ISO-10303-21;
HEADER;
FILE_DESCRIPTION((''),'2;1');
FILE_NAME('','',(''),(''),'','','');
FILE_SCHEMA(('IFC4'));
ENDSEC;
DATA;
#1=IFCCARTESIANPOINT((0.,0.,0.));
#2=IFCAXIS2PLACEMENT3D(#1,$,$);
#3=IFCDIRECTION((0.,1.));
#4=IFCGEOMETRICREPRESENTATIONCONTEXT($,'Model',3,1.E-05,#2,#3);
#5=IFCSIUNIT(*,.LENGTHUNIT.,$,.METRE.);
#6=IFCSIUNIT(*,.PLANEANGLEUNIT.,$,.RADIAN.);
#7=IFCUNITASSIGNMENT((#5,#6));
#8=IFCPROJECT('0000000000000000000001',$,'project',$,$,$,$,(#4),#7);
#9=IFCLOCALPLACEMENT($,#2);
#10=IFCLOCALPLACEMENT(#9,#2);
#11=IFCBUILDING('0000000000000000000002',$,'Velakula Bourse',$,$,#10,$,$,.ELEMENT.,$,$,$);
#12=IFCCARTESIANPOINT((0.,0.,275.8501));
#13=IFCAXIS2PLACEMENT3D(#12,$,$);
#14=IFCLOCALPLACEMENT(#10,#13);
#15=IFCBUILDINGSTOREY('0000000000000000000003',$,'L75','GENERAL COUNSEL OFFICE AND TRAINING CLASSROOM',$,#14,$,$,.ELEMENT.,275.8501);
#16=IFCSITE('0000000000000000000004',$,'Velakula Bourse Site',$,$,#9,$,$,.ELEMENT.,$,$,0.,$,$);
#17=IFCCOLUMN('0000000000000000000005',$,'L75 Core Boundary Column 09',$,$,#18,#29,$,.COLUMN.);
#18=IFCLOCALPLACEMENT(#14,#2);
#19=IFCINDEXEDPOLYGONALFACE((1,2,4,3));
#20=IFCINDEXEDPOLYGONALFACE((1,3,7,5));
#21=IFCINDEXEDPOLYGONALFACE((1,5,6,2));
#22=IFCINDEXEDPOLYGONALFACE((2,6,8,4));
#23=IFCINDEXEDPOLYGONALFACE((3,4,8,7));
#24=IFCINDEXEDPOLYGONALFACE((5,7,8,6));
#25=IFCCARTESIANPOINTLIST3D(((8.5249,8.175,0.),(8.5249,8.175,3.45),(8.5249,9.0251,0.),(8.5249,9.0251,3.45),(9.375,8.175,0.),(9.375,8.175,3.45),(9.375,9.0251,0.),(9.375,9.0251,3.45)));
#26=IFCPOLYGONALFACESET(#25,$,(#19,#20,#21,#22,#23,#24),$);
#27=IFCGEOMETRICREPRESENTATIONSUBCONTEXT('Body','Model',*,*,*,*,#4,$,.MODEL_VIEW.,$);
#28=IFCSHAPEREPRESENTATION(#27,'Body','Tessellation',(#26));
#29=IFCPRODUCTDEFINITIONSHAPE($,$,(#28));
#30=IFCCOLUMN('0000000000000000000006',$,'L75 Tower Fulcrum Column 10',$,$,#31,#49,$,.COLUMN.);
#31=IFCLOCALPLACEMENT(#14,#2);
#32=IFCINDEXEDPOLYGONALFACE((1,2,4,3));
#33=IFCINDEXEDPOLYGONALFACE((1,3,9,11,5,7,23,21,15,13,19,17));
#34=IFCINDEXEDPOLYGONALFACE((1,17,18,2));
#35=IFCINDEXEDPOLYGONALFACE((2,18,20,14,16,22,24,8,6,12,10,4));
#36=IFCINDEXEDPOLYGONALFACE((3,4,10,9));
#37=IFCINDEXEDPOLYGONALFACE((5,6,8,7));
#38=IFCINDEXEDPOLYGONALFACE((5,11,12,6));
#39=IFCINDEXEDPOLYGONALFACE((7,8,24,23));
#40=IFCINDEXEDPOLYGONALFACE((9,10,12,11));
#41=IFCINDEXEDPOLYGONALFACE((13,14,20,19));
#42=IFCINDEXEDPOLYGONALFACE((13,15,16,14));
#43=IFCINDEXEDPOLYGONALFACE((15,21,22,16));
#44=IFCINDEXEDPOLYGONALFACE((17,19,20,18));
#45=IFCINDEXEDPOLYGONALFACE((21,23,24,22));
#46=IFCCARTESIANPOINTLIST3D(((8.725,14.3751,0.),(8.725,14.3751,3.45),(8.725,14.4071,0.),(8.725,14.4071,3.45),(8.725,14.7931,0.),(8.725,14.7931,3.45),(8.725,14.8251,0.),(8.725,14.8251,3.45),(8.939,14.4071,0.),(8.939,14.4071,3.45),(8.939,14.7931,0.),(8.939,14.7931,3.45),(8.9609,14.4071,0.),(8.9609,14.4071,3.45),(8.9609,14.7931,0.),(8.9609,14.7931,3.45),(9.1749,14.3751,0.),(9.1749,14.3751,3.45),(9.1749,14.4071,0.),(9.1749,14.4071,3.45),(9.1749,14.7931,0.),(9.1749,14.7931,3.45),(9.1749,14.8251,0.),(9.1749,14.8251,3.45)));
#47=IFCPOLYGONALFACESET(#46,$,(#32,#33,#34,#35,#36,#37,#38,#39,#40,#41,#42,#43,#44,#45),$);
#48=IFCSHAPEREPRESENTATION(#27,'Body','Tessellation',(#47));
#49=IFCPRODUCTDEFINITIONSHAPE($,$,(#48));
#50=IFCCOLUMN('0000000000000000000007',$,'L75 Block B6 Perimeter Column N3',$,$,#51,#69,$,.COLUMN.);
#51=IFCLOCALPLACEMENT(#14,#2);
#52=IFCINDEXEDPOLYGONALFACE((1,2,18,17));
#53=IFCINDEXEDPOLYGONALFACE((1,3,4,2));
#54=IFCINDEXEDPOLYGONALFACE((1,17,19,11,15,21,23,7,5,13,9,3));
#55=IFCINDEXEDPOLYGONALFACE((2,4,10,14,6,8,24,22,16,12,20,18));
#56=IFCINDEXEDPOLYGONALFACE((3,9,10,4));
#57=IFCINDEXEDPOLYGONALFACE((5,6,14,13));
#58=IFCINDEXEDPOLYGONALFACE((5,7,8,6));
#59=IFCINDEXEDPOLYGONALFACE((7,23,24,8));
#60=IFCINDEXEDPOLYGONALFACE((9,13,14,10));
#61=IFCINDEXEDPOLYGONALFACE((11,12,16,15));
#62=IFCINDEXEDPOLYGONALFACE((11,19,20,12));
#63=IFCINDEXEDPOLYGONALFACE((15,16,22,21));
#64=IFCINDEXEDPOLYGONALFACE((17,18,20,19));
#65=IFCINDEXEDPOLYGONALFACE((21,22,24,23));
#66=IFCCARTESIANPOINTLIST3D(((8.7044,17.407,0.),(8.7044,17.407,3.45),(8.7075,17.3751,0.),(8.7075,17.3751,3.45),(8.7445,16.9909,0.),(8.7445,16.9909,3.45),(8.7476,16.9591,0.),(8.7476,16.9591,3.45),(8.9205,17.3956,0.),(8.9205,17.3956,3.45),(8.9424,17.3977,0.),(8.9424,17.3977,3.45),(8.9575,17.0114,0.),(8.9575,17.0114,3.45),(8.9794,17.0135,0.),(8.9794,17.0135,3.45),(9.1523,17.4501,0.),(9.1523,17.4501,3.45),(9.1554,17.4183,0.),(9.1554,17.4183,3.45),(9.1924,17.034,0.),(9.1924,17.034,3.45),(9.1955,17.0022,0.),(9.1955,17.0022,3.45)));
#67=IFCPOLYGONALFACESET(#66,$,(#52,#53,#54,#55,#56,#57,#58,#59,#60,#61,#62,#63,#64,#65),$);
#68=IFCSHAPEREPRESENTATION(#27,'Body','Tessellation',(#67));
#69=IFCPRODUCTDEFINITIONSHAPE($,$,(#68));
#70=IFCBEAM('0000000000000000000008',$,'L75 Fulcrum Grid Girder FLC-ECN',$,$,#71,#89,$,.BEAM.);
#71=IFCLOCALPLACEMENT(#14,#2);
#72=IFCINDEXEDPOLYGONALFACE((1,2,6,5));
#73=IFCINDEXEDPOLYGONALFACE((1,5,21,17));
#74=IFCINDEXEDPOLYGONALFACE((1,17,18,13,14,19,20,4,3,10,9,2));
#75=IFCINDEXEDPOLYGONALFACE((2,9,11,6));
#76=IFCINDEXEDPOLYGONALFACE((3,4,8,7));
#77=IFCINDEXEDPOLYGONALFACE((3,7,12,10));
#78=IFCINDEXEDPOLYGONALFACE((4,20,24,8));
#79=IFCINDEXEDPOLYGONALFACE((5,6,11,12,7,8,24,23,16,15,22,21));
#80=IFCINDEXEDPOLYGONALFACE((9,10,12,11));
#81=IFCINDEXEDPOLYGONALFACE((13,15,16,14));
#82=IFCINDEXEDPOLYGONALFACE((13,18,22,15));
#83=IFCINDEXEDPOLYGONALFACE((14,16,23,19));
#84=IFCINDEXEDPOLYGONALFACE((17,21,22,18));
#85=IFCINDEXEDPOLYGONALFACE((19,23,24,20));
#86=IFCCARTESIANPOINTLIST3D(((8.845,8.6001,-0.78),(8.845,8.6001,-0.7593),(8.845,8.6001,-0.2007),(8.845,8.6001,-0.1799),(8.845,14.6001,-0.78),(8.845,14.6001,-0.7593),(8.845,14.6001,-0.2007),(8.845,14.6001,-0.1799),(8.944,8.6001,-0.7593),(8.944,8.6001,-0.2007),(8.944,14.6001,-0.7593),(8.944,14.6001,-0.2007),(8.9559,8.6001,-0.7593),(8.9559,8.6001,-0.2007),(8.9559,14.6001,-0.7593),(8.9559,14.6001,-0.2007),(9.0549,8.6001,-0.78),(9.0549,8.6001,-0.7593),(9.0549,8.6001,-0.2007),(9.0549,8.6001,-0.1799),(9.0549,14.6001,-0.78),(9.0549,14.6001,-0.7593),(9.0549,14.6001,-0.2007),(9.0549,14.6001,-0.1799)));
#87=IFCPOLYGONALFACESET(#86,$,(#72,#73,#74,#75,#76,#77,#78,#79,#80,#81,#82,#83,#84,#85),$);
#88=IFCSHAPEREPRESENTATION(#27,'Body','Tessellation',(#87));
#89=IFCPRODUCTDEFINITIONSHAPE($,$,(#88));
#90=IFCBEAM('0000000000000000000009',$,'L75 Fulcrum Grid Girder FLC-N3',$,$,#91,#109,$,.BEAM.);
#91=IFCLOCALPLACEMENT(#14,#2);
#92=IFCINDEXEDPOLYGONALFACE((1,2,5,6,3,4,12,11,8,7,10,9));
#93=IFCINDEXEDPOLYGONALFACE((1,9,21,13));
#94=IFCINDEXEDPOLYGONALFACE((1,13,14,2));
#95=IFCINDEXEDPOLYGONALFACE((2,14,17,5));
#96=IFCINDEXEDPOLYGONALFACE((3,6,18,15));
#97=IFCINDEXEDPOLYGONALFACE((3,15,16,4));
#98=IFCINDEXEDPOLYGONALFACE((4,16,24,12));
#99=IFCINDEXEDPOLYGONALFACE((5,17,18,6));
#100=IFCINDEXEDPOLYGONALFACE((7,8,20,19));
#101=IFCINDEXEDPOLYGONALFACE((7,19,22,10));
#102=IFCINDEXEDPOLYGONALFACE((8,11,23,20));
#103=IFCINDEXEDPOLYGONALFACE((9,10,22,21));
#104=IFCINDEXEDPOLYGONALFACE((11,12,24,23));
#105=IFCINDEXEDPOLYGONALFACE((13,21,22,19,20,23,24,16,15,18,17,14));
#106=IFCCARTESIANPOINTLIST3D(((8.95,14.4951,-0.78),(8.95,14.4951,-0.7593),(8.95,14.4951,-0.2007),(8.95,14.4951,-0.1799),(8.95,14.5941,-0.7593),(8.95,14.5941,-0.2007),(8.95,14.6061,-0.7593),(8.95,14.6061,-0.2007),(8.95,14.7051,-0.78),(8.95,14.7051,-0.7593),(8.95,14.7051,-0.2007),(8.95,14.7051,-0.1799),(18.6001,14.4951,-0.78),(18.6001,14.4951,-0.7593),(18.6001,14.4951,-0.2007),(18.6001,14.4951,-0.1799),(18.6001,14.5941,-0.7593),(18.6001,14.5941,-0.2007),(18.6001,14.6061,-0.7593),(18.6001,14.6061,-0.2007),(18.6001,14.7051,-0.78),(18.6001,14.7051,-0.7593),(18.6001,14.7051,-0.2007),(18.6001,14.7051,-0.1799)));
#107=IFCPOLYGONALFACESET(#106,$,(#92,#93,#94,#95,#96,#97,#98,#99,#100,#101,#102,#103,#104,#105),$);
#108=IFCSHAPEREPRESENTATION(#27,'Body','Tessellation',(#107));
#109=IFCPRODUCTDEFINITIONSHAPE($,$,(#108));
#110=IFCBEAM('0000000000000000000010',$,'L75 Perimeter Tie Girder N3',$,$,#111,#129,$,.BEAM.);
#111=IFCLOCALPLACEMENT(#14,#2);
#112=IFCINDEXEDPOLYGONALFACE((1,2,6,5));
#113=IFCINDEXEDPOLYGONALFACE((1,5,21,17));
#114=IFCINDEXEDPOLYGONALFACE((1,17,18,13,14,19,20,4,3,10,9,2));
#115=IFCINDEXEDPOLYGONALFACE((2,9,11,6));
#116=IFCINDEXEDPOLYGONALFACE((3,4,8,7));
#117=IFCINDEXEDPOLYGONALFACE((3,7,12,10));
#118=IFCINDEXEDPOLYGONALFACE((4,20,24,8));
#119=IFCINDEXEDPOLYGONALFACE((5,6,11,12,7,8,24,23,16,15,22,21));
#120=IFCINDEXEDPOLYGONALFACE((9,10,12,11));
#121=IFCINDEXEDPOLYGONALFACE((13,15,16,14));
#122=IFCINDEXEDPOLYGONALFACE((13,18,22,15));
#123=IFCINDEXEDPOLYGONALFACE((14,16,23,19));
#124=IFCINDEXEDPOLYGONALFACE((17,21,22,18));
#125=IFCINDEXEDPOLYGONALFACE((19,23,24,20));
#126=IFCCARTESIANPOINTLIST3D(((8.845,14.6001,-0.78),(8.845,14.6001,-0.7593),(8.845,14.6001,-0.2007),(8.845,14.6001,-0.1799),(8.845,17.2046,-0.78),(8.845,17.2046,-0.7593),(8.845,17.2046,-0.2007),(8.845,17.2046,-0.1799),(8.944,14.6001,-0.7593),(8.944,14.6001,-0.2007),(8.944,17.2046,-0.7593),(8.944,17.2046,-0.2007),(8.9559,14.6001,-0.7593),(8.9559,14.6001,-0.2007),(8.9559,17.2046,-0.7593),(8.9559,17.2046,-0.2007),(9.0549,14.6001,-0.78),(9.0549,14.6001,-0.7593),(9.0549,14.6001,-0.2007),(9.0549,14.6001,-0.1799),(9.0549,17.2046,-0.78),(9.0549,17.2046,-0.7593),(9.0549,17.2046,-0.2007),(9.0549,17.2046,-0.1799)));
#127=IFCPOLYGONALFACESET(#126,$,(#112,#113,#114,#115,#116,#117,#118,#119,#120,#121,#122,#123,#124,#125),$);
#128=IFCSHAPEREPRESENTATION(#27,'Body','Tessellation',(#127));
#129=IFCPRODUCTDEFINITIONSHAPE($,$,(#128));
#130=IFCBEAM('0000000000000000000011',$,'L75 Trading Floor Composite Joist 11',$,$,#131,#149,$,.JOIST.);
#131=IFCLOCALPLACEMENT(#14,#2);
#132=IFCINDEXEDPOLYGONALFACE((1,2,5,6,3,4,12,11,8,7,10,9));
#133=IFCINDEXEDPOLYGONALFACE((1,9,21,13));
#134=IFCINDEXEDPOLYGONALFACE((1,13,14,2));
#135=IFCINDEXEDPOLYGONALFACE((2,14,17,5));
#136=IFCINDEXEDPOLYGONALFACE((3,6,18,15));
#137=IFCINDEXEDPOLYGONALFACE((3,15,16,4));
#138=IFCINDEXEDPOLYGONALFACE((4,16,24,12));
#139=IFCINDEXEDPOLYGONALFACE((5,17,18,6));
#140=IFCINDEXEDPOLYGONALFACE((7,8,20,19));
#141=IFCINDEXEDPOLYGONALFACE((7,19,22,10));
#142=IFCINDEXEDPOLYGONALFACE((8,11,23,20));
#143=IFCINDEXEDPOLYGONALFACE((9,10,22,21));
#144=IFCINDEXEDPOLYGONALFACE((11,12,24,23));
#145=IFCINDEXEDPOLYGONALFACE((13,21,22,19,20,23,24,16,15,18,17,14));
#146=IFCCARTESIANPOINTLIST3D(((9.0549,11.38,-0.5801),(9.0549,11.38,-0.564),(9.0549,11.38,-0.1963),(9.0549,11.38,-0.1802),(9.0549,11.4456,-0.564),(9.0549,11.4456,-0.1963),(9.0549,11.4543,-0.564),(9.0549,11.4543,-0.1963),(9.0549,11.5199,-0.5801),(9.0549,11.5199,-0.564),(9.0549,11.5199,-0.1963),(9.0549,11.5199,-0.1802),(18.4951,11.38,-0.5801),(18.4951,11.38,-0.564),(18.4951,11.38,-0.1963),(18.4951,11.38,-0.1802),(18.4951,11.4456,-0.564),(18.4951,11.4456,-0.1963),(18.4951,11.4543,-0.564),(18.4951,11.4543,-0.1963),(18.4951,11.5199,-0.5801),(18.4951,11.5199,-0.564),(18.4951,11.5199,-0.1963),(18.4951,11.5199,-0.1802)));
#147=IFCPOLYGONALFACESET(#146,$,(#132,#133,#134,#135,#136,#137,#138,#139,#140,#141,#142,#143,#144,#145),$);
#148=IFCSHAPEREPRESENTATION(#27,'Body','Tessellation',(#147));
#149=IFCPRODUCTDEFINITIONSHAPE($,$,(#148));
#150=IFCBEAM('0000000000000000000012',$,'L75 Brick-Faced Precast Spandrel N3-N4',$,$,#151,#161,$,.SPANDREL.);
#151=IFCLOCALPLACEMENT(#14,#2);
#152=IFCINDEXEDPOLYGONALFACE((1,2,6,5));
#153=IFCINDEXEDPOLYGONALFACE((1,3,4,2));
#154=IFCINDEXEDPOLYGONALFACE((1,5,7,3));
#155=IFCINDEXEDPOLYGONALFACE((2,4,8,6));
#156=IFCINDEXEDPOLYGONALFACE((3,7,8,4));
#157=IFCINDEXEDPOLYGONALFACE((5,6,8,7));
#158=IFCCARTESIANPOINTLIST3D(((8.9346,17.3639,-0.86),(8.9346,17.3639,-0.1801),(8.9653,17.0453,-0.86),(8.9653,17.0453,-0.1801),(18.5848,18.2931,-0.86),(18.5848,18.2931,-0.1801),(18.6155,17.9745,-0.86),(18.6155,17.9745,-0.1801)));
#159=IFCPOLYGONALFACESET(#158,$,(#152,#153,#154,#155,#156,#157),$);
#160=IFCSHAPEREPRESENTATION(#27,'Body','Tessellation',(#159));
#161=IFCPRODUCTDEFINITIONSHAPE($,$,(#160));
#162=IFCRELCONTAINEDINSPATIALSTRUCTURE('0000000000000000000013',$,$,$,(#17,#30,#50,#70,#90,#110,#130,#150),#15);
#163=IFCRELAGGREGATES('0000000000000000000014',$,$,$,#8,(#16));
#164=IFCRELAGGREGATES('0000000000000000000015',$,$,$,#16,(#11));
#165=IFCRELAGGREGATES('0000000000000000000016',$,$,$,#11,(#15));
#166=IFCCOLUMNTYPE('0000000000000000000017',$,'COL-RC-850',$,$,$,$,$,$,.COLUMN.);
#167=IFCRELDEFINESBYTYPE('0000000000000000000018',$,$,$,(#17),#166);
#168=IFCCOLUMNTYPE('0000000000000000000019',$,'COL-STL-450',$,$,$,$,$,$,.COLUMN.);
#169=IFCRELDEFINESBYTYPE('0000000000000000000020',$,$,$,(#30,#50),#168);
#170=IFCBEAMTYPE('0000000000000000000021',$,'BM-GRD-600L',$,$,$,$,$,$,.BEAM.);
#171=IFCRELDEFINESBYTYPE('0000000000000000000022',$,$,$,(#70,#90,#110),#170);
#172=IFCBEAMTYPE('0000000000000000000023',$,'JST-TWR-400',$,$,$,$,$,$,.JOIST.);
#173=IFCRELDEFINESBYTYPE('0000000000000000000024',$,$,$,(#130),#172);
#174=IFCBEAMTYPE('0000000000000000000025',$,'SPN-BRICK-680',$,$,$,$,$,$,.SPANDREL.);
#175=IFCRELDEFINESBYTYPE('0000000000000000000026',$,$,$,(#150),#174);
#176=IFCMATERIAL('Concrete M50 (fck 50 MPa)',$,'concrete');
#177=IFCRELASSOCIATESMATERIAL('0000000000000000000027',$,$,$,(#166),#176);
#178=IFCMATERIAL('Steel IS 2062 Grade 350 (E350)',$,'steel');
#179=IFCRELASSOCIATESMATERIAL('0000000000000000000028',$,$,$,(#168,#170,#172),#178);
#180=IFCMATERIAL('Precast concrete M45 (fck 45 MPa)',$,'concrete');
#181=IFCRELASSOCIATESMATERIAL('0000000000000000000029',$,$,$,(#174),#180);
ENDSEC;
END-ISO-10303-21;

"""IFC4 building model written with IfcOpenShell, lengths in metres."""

from ifc_helpers import new_model, si_unit, direction, frame, origin, origin_2d, place, context, subcontext, project, spatial, rectangle, i_section, extrude, material, material_profile, profile_set, type_object, element, save


model = new_model("IFC4")

# Units and contexts
model_context = context("Model", 3, precision=1e-05, world=origin(), true_north=direction((0.0, 1.0)))
body_context = subcontext(model_context, "Body", "Model", "MODEL_VIEW")
ifc_project = project(units=[si_unit("LENGTHUNIT", "METRE"), si_unit("PLANEANGLEUNIT", "RADIAN")], contexts=[model_context])

# Site, building, storey
site_placement = place(None, origin())
site = spatial("IfcSite", under=ifc_project, at=site_placement, Name="Velakula Bourse Site", CompositionType="ELEMENT", RefElevation=0.0)
building_placement = place(site_placement, origin())
building = spatial("IfcBuilding", under=site, at=building_placement, Name="Velakula Bourse", CompositionType="ELEMENT")
storey_placement = place(building_placement, frame((0.0, 0.0, 275.8501)))
storey = spatial("IfcBuildingStorey", under=building, at=storey_placement, Name="L75", Description="GENERAL COUNSEL OFFICE AND TRAINING CLASSROOM", CompositionType="ELEMENT", Elevation=275.8501)

# Columns
ifc_material_1 = material(Name="Concrete M50 (fck 50 MPa)", Category="concrete")
ifc_material_profile_1 = material_profile(ifc_material_1, rectangle(XDim=0.8501, YDim=0.8501, at=origin_2d()), Name="Concrete M50 (fck 50 MPa)")
ifc_profile_set_1 = profile_set([ifc_material_profile_1], Name="Concrete M50 (fck 50 MPa)")
column_type_1 = type_object("IfcColumnType", Name="COL-RC-850", PredefinedType="COLUMN", material=ifc_profile_set_1)
column_placement = place(storey_placement, frame((8.95, 8.6001, 0.0), z_axis=(0.0, 0.0, 1.0), x_axis=(1.0, 0.0, 0.0)))
element("IfcColumn", 1, at=column_placement, inside=storey, type_object=column_type_1, Name="L75 Core Boundary Column 09", PredefinedType="COLUMN", context=body_context, shape_type="SweptSolid", body=[
    extrude(rectangle(XDim=0.8501, YDim=0.8501, at=origin_2d()), origin(), (0.0, 0.0, 1.0), 3.45),
])
ifc_material_2 = material(Name="Steel IS 2062 Grade 350 (E350)", Category="steel")
ifc_material_profile_2 = material_profile(ifc_material_2, i_section(OverallWidth=0.45, OverallDepth=0.45, WebThickness=0.022, FlangeThickness=0.032, at=origin_2d()), Name="Steel IS 2062 Grade 350 (E350)")
ifc_profile_set_2 = profile_set([ifc_material_profile_2], Name="Steel IS 2062 Grade 350 (E350)")
column_type_2 = type_object("IfcColumnType", Name="COL-STL-450", PredefinedType="COLUMN", material=ifc_profile_set_2)
for number, where, z_axis, x_axis, name in (
    (2, (8.95, 14.6001, 0.0), (0.0, 0.0, 1.0), (1.0, 0.0, 0.0), "L75 Tower Fulcrum Column 10"),
    (3, (8.95, 17.2046, 0.0), (0.0, 0.0, 1.0), (0.995396, 0.095846, 0.0), "L75 Block B6 Perimeter Column N3"),
):
    element("IfcColumn", number, at=place(storey_placement, frame(where, z_axis=z_axis, x_axis=x_axis)), inside=storey, type_object=column_type_2, Name=name, PredefinedType="COLUMN", context=body_context, shape_type="SweptSolid", body=[
        extrude(i_section(OverallWidth=0.45, OverallDepth=0.45, WebThickness=0.022, FlangeThickness=0.032, at=origin_2d()), origin(), (0.0, 0.0, 1.0), 3.45),
    ])

# Beams
ifc_material_profile_3 = material_profile(ifc_material_2, i_section(OverallWidth=0.21, OverallDepth=0.6001, WebThickness=0.012, FlangeThickness=0.0208, at=origin_2d()), Name="Steel IS 2062 Grade 350 (E350)")
ifc_profile_set_3 = profile_set([ifc_material_profile_3], Name="Steel IS 2062 Grade 350 (E350)")
beam_type_1 = type_object("IfcBeamType", Name="BM-GRD-600L", PredefinedType="BEAM", material=ifc_profile_set_3)
beam_1_placement = place(storey_placement, frame((8.95, 8.6001, -0.48), z_axis=(0.0, 1.0, 0.0), x_axis=(-1.0, 0.0, 0.0)))
element("IfcBeam", 4, at=beam_1_placement, inside=storey, type_object=beam_type_1, Name="L75 Fulcrum Grid Girder FLC-ECN", PredefinedType="BEAM", context=body_context, shape_type="SweptSolid", body=[
    extrude(i_section(OverallWidth=0.21, OverallDepth=0.6001, WebThickness=0.012, FlangeThickness=0.0208, at=origin_2d()), origin(), (0.0, 0.0, 1.0), 6.0),
])
beam_2_placement = place(storey_placement, frame((8.95, 14.6001, -0.48), z_axis=(1.0, 0.0, 0.0), x_axis=(0.0, 1.0, 0.0)))
element("IfcBeam", 5, at=beam_2_placement, inside=storey, type_object=beam_type_1, Name="L75 Fulcrum Grid Girder FLC-N3", PredefinedType="BEAM", context=body_context, shape_type="SweptSolid", body=[
    extrude(i_section(OverallWidth=0.21, OverallDepth=0.6001, WebThickness=0.012, FlangeThickness=0.0208, at=origin_2d()), origin(), (0.0, 0.0, 1.0), 9.6501),
])
beam_3_placement = place(storey_placement, frame((8.95, 14.6001, -0.48), z_axis=(0.0, 1.0, 0.0), x_axis=(-1.0, 0.0, 0.0)))
element("IfcBeam", 6, at=beam_3_placement, inside=storey, type_object=beam_type_1, Name="L75 Perimeter Tie Girder N3", PredefinedType="BEAM", context=body_context, shape_type="SweptSolid", body=[
    extrude(i_section(OverallWidth=0.21, OverallDepth=0.6001, WebThickness=0.012, FlangeThickness=0.0208, at=origin_2d()), origin(), (0.0, 0.0, 1.0), 2.6045),
])
ifc_material_profile_4 = material_profile(ifc_material_2, i_section(OverallWidth=0.1399, OverallDepth=0.3999, WebThickness=0.0088, FlangeThickness=0.0161, at=origin_2d()), Name="Steel IS 2062 Grade 350 (E350)")
ifc_profile_set_4 = profile_set([ifc_material_profile_4], Name="Steel IS 2062 Grade 350 (E350)")
beam_type_2 = type_object("IfcBeamType", Name="JST-TWR-400", PredefinedType="JOIST", material=ifc_profile_set_4)
beam_4_placement = place(storey_placement, frame((9.0549, 11.45, -0.3801), z_axis=(1.0, 0.0, 0.0), x_axis=(0.0, 1.0, 0.0)))
element("IfcBeam", 7, at=beam_4_placement, inside=storey, type_object=beam_type_2, Name="L75 Trading Floor Composite Joist 11", PredefinedType="JOIST", context=body_context, shape_type="SweptSolid", body=[
    extrude(i_section(OverallWidth=0.1399, OverallDepth=0.3999, WebThickness=0.0088, FlangeThickness=0.0161, at=origin_2d()), origin(), (0.0, 0.0, 1.0), 9.4402),
])
ifc_material_3 = material(Name="Precast concrete M45 (fck 45 MPa)", Category="concrete")
ifc_material_profile_5 = material_profile(ifc_material_3, rectangle(XDim=0.3201, YDim=0.6799, at=origin_2d()), Name="Precast concrete M45 (fck 45 MPa)")
ifc_profile_set_5 = profile_set([ifc_material_profile_5], Name="Precast concrete M45 (fck 45 MPa)")
beam_type_3 = type_object("IfcBeamType", Name="SPN-BRICK-680", PredefinedType="SPANDREL", material=ifc_profile_set_5)
beam_5_placement = place(storey_placement, frame((8.95, 17.2046, -0.52), z_axis=(0.995396, 0.095845, 0.0), x_axis=(-0.095845, 0.995396, 0.0)))
element("IfcBeam", 8, at=beam_5_placement, inside=storey, type_object=beam_type_3, Name="L75 Brick-Faced Precast Spandrel N3-N4", PredefinedType="SPANDREL", context=body_context, shape_type="SweptSolid", body=[
    extrude(rectangle(XDim=0.3201, YDim=0.6799, at=origin_2d()), origin(), (0.0, 0.0, 1.0), 9.6948),
])

save(model, "model.ifc")
